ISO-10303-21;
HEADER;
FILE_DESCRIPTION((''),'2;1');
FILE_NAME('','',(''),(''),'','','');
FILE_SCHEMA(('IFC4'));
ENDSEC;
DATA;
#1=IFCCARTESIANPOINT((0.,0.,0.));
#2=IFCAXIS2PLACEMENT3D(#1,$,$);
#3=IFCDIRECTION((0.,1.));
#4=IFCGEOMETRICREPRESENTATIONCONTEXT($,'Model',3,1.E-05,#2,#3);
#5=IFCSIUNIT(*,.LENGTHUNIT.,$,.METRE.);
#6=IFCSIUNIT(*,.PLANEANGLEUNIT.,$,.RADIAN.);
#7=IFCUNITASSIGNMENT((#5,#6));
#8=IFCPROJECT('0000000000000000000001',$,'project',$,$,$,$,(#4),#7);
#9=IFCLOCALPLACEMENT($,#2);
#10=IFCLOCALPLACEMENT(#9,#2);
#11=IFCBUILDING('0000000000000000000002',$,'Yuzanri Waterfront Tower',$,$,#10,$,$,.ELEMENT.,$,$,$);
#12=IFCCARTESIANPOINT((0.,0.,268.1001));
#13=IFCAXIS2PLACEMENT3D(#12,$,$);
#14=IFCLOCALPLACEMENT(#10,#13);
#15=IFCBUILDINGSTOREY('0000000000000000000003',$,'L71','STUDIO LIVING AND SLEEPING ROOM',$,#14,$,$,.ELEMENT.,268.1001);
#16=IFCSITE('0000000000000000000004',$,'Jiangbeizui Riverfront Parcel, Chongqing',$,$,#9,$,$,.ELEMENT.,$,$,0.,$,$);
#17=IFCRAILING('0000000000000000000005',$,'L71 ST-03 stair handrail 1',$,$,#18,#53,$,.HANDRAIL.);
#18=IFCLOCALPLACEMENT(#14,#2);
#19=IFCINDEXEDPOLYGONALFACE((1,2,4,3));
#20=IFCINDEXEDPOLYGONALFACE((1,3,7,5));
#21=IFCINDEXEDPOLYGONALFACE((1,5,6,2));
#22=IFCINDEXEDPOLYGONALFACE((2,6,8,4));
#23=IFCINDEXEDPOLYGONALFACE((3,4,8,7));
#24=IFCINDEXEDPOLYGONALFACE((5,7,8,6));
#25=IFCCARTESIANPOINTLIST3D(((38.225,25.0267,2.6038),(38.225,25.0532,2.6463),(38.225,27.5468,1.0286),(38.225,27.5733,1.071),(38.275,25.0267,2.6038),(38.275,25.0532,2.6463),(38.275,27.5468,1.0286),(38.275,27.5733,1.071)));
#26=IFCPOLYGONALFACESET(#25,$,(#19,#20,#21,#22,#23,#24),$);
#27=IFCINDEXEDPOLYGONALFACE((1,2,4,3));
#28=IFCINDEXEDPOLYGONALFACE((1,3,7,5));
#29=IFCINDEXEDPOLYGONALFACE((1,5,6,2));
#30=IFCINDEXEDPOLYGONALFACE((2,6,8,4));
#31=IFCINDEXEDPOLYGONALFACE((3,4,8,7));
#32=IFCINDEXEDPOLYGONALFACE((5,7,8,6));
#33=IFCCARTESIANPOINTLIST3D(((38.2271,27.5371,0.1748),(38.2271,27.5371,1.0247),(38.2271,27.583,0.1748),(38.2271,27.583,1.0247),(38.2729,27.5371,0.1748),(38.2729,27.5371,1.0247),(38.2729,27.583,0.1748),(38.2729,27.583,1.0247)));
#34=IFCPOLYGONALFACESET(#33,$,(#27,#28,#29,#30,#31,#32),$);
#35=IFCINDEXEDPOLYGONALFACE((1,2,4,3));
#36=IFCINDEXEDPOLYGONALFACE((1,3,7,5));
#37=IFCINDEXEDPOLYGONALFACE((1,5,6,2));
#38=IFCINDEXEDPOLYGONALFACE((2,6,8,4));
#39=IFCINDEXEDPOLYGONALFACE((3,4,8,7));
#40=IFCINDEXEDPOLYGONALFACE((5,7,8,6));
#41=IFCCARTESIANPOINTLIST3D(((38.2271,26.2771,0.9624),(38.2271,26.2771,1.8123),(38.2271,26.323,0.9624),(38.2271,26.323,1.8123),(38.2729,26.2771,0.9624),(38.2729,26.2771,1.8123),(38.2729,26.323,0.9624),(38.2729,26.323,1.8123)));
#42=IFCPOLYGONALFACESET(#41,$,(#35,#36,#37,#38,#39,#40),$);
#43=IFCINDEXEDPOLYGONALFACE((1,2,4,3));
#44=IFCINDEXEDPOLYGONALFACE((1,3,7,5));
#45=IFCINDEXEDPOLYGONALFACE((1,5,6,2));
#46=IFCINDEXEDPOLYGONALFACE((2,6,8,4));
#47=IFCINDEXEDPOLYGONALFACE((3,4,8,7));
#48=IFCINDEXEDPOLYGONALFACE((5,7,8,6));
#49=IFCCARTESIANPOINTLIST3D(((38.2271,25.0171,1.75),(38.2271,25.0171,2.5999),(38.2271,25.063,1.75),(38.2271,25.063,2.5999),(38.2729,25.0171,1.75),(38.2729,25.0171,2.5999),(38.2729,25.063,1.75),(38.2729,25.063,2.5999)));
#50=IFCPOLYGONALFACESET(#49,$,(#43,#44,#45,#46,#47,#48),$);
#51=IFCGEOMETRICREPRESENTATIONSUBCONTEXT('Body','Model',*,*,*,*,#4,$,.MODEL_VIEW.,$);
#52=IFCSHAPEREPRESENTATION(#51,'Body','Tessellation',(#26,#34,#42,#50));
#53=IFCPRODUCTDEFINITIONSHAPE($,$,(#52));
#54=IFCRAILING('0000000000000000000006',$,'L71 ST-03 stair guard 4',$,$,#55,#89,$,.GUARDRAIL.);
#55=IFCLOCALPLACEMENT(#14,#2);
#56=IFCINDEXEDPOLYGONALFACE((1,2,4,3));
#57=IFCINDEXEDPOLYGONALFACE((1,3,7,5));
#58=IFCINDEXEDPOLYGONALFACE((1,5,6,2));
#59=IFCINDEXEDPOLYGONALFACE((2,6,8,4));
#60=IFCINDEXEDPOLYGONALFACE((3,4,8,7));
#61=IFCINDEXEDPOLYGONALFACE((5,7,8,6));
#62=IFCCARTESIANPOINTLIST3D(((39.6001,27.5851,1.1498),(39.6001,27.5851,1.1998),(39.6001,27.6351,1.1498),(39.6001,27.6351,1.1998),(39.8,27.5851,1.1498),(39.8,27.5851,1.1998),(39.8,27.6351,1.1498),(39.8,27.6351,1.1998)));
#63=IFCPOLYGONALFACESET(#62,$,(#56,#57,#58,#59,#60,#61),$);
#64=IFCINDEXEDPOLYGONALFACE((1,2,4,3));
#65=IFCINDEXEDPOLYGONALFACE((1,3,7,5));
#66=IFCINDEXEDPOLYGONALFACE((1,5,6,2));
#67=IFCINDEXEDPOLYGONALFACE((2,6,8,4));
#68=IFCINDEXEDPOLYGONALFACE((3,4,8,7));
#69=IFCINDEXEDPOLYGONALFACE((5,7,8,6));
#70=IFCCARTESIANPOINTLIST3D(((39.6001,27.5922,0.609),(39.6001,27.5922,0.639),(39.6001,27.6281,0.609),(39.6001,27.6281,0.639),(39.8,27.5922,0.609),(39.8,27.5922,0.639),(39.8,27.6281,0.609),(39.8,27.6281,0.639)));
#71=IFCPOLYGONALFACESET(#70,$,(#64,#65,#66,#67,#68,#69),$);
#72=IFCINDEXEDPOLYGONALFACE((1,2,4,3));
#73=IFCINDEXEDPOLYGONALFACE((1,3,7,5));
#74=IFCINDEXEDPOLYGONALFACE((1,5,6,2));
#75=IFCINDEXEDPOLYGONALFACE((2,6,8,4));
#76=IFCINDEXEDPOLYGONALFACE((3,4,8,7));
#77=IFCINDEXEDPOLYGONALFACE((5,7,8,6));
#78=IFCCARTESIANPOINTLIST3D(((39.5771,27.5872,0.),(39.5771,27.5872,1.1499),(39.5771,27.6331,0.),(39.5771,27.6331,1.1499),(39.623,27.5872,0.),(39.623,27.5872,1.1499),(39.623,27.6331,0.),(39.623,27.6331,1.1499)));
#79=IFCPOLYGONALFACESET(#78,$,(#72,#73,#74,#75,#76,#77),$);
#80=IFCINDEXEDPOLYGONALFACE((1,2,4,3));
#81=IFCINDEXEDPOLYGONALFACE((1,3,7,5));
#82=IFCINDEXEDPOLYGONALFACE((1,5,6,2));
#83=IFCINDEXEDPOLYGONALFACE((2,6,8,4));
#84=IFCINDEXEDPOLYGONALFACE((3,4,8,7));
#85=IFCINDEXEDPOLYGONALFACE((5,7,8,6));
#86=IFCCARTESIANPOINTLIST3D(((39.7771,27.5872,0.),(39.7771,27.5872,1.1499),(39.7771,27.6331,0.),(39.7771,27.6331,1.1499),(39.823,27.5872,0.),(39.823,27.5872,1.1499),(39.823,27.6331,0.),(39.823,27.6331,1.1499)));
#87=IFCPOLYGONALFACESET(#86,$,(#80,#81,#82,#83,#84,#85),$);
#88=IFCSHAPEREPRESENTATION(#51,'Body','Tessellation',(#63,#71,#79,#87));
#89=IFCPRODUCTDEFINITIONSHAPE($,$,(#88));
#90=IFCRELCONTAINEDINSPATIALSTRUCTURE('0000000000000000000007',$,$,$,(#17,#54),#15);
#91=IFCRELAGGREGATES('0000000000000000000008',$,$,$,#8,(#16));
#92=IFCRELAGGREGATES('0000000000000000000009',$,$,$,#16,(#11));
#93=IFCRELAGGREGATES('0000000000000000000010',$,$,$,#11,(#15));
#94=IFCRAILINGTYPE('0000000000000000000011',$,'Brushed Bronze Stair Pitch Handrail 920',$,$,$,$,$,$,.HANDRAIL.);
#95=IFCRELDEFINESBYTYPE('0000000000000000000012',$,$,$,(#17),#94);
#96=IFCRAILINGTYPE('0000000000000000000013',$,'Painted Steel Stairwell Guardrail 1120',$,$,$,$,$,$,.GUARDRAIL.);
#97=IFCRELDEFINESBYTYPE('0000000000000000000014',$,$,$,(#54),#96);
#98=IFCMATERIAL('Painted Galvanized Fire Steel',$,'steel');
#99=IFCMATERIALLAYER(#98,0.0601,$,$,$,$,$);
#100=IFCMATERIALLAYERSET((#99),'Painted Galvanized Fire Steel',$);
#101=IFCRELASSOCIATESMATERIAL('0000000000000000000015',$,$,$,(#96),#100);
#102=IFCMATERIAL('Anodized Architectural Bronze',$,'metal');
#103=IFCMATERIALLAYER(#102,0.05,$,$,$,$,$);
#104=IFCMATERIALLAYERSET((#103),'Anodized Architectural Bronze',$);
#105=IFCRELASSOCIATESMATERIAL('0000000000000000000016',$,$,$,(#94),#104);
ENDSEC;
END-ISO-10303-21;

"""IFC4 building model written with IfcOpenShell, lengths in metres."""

from ifc_helpers import new_model, si_unit, direction, frame, origin, origin_2d, place, context, subcontext, project, spatial, rectangle, extrude, source, transform, mapped, material, layer, layer_set, type_object, element, save


model = new_model("IFC4")

# Units and contexts
model_context = context("Model", 3, precision=1e-05, world=origin(), true_north=direction((0.0, 1.0)))
body_context = subcontext(model_context, "Body", "Model", "MODEL_VIEW")
ifc_project = project(units=[si_unit("LENGTHUNIT", "METRE"), si_unit("PLANEANGLEUNIT", "RADIAN")], contexts=[model_context])

# Site, building, storey
site_placement = place(None, origin())
site = spatial("IfcSite", under=ifc_project, at=site_placement, Name="Jiangbeizui Riverfront Parcel, Chongqing", CompositionType="ELEMENT", RefElevation=0.0)
building_placement = place(site_placement, origin())
building = spatial("IfcBuilding", under=site, at=building_placement, Name="Yuzanri Waterfront Tower", CompositionType="ELEMENT")
storey_placement = place(building_placement, frame((0.0, 0.0, 268.1001)))
storey = spatial("IfcBuildingStorey", under=building, at=storey_placement, Name="L71", Description="STUDIO LIVING AND SLEEPING ROOM", CompositionType="ELEMENT", Elevation=268.1001)

# Railings
ifc_material_1 = material(Name="Painted Galvanized Fire Steel", Category="steel")
ifc_layer_1 = layer(ifc_material_1, 0.0601)
ifc_layer_set_1 = layer_set([ifc_layer_1], Name="Painted Galvanized Fire Steel")
railing_type_1 = type_object("IfcRailingType", Name="Painted Steel Stairwell Guardrail 1120", PredefinedType="GUARDRAIL", material=ifc_layer_set_1)
ifc_material_2 = material(Name="Anodized Architectural Bronze", Category="metal")
ifc_layer_2 = layer(ifc_material_2, 0.05)
ifc_layer_set_2 = layer_set([ifc_layer_2], Name="Anodized Architectural Bronze")
railing_type_2 = type_object("IfcRailingType", Name="Brushed Bronze Stair Pitch Handrail 920", PredefinedType="HANDRAIL", material=ifc_layer_set_2)
shared_shape_1 = source(origin(), body_context, "Body", "SweptSolid", [
    extrude(rectangle(XDim=0.05, YDim=0.05, at=origin_2d()), frame((0.0, 0.0, 0.875), z_axis=(0.0, -0.847971, 0.530043), x_axis=(1.0, 0.0, 0.0)), (0.0, 0.0, 1.0), 2.9719),
    extrude(rectangle(XDim=0.0459, YDim=0.0459, at=origin_2d()), origin(), (0.0, 0.0, 1.0), 0.8499),
    extrude(rectangle(XDim=0.0459, YDim=0.0459, at=origin_2d()), frame((0.0, -1.26, 0.7876)), (0.0, 0.0, 1.0), 0.8499),
    extrude(rectangle(XDim=0.0459, YDim=0.0459, at=origin_2d()), frame((0.0, -2.52, 1.5752)), (0.0, 0.0, 1.0), 0.8499),
])
for number, where, name in (
    (1, (38.25, 27.5601, 0.1748), "L71 ST-03 stair handrail 1"),
):
    element("IfcRailing", number, at=place(storey_placement, frame(where)), inside=storey, type_object=railing_type_2, Name=name, PredefinedType="HANDRAIL", context=body_context, shape_type="MappedRepresentation", body=[
        mapped(shared_shape_1, transform((0.0, 0.0, 0.0), scale=1.0)),
    ])
shared_shape_2 = source(origin(), body_context, "Body", "SweptSolid", [
    extrude(rectangle(XDim=0.05, YDim=0.05, at=origin_2d()), frame((0.0, 0.0, 1.1748), z_axis=(1.0, 0.0, 0.0), x_axis=(0.0, 1.0, 0.0)), (0.0, 0.0, 1.0), 0.2),
    extrude(rectangle(XDim=0.0359, YDim=0.03, at=origin_2d()), frame((0.0, 0.0, 0.624), z_axis=(1.0, 0.0, 0.0), x_axis=(0.0, 1.0, 0.0)), (0.0, 0.0, 1.0), 0.2),
    extrude(rectangle(XDim=0.0459, YDim=0.0459, at=origin_2d()), origin(), (0.0, 0.0, 1.0), 1.1499),
    extrude(rectangle(XDim=0.0459, YDim=0.0459, at=origin_2d()), frame((0.2, 0.0, 0.0)), (0.0, 0.0, 1.0), 1.1499),
])
railing_1_placement = place(storey_placement, frame((39.6001, 27.6101, 0.0)))
element("IfcRailing", 2, at=railing_1_placement, inside=storey, type_object=railing_type_1, Name="L71 ST-03 stair guard 4", PredefinedType="GUARDRAIL", context=body_context, shape_type="MappedRepresentation", body=[
    mapped(shared_shape_2, transform((0.0, 0.0, 0.0), scale=1.0)),
])

save(model, "model.ifc")
